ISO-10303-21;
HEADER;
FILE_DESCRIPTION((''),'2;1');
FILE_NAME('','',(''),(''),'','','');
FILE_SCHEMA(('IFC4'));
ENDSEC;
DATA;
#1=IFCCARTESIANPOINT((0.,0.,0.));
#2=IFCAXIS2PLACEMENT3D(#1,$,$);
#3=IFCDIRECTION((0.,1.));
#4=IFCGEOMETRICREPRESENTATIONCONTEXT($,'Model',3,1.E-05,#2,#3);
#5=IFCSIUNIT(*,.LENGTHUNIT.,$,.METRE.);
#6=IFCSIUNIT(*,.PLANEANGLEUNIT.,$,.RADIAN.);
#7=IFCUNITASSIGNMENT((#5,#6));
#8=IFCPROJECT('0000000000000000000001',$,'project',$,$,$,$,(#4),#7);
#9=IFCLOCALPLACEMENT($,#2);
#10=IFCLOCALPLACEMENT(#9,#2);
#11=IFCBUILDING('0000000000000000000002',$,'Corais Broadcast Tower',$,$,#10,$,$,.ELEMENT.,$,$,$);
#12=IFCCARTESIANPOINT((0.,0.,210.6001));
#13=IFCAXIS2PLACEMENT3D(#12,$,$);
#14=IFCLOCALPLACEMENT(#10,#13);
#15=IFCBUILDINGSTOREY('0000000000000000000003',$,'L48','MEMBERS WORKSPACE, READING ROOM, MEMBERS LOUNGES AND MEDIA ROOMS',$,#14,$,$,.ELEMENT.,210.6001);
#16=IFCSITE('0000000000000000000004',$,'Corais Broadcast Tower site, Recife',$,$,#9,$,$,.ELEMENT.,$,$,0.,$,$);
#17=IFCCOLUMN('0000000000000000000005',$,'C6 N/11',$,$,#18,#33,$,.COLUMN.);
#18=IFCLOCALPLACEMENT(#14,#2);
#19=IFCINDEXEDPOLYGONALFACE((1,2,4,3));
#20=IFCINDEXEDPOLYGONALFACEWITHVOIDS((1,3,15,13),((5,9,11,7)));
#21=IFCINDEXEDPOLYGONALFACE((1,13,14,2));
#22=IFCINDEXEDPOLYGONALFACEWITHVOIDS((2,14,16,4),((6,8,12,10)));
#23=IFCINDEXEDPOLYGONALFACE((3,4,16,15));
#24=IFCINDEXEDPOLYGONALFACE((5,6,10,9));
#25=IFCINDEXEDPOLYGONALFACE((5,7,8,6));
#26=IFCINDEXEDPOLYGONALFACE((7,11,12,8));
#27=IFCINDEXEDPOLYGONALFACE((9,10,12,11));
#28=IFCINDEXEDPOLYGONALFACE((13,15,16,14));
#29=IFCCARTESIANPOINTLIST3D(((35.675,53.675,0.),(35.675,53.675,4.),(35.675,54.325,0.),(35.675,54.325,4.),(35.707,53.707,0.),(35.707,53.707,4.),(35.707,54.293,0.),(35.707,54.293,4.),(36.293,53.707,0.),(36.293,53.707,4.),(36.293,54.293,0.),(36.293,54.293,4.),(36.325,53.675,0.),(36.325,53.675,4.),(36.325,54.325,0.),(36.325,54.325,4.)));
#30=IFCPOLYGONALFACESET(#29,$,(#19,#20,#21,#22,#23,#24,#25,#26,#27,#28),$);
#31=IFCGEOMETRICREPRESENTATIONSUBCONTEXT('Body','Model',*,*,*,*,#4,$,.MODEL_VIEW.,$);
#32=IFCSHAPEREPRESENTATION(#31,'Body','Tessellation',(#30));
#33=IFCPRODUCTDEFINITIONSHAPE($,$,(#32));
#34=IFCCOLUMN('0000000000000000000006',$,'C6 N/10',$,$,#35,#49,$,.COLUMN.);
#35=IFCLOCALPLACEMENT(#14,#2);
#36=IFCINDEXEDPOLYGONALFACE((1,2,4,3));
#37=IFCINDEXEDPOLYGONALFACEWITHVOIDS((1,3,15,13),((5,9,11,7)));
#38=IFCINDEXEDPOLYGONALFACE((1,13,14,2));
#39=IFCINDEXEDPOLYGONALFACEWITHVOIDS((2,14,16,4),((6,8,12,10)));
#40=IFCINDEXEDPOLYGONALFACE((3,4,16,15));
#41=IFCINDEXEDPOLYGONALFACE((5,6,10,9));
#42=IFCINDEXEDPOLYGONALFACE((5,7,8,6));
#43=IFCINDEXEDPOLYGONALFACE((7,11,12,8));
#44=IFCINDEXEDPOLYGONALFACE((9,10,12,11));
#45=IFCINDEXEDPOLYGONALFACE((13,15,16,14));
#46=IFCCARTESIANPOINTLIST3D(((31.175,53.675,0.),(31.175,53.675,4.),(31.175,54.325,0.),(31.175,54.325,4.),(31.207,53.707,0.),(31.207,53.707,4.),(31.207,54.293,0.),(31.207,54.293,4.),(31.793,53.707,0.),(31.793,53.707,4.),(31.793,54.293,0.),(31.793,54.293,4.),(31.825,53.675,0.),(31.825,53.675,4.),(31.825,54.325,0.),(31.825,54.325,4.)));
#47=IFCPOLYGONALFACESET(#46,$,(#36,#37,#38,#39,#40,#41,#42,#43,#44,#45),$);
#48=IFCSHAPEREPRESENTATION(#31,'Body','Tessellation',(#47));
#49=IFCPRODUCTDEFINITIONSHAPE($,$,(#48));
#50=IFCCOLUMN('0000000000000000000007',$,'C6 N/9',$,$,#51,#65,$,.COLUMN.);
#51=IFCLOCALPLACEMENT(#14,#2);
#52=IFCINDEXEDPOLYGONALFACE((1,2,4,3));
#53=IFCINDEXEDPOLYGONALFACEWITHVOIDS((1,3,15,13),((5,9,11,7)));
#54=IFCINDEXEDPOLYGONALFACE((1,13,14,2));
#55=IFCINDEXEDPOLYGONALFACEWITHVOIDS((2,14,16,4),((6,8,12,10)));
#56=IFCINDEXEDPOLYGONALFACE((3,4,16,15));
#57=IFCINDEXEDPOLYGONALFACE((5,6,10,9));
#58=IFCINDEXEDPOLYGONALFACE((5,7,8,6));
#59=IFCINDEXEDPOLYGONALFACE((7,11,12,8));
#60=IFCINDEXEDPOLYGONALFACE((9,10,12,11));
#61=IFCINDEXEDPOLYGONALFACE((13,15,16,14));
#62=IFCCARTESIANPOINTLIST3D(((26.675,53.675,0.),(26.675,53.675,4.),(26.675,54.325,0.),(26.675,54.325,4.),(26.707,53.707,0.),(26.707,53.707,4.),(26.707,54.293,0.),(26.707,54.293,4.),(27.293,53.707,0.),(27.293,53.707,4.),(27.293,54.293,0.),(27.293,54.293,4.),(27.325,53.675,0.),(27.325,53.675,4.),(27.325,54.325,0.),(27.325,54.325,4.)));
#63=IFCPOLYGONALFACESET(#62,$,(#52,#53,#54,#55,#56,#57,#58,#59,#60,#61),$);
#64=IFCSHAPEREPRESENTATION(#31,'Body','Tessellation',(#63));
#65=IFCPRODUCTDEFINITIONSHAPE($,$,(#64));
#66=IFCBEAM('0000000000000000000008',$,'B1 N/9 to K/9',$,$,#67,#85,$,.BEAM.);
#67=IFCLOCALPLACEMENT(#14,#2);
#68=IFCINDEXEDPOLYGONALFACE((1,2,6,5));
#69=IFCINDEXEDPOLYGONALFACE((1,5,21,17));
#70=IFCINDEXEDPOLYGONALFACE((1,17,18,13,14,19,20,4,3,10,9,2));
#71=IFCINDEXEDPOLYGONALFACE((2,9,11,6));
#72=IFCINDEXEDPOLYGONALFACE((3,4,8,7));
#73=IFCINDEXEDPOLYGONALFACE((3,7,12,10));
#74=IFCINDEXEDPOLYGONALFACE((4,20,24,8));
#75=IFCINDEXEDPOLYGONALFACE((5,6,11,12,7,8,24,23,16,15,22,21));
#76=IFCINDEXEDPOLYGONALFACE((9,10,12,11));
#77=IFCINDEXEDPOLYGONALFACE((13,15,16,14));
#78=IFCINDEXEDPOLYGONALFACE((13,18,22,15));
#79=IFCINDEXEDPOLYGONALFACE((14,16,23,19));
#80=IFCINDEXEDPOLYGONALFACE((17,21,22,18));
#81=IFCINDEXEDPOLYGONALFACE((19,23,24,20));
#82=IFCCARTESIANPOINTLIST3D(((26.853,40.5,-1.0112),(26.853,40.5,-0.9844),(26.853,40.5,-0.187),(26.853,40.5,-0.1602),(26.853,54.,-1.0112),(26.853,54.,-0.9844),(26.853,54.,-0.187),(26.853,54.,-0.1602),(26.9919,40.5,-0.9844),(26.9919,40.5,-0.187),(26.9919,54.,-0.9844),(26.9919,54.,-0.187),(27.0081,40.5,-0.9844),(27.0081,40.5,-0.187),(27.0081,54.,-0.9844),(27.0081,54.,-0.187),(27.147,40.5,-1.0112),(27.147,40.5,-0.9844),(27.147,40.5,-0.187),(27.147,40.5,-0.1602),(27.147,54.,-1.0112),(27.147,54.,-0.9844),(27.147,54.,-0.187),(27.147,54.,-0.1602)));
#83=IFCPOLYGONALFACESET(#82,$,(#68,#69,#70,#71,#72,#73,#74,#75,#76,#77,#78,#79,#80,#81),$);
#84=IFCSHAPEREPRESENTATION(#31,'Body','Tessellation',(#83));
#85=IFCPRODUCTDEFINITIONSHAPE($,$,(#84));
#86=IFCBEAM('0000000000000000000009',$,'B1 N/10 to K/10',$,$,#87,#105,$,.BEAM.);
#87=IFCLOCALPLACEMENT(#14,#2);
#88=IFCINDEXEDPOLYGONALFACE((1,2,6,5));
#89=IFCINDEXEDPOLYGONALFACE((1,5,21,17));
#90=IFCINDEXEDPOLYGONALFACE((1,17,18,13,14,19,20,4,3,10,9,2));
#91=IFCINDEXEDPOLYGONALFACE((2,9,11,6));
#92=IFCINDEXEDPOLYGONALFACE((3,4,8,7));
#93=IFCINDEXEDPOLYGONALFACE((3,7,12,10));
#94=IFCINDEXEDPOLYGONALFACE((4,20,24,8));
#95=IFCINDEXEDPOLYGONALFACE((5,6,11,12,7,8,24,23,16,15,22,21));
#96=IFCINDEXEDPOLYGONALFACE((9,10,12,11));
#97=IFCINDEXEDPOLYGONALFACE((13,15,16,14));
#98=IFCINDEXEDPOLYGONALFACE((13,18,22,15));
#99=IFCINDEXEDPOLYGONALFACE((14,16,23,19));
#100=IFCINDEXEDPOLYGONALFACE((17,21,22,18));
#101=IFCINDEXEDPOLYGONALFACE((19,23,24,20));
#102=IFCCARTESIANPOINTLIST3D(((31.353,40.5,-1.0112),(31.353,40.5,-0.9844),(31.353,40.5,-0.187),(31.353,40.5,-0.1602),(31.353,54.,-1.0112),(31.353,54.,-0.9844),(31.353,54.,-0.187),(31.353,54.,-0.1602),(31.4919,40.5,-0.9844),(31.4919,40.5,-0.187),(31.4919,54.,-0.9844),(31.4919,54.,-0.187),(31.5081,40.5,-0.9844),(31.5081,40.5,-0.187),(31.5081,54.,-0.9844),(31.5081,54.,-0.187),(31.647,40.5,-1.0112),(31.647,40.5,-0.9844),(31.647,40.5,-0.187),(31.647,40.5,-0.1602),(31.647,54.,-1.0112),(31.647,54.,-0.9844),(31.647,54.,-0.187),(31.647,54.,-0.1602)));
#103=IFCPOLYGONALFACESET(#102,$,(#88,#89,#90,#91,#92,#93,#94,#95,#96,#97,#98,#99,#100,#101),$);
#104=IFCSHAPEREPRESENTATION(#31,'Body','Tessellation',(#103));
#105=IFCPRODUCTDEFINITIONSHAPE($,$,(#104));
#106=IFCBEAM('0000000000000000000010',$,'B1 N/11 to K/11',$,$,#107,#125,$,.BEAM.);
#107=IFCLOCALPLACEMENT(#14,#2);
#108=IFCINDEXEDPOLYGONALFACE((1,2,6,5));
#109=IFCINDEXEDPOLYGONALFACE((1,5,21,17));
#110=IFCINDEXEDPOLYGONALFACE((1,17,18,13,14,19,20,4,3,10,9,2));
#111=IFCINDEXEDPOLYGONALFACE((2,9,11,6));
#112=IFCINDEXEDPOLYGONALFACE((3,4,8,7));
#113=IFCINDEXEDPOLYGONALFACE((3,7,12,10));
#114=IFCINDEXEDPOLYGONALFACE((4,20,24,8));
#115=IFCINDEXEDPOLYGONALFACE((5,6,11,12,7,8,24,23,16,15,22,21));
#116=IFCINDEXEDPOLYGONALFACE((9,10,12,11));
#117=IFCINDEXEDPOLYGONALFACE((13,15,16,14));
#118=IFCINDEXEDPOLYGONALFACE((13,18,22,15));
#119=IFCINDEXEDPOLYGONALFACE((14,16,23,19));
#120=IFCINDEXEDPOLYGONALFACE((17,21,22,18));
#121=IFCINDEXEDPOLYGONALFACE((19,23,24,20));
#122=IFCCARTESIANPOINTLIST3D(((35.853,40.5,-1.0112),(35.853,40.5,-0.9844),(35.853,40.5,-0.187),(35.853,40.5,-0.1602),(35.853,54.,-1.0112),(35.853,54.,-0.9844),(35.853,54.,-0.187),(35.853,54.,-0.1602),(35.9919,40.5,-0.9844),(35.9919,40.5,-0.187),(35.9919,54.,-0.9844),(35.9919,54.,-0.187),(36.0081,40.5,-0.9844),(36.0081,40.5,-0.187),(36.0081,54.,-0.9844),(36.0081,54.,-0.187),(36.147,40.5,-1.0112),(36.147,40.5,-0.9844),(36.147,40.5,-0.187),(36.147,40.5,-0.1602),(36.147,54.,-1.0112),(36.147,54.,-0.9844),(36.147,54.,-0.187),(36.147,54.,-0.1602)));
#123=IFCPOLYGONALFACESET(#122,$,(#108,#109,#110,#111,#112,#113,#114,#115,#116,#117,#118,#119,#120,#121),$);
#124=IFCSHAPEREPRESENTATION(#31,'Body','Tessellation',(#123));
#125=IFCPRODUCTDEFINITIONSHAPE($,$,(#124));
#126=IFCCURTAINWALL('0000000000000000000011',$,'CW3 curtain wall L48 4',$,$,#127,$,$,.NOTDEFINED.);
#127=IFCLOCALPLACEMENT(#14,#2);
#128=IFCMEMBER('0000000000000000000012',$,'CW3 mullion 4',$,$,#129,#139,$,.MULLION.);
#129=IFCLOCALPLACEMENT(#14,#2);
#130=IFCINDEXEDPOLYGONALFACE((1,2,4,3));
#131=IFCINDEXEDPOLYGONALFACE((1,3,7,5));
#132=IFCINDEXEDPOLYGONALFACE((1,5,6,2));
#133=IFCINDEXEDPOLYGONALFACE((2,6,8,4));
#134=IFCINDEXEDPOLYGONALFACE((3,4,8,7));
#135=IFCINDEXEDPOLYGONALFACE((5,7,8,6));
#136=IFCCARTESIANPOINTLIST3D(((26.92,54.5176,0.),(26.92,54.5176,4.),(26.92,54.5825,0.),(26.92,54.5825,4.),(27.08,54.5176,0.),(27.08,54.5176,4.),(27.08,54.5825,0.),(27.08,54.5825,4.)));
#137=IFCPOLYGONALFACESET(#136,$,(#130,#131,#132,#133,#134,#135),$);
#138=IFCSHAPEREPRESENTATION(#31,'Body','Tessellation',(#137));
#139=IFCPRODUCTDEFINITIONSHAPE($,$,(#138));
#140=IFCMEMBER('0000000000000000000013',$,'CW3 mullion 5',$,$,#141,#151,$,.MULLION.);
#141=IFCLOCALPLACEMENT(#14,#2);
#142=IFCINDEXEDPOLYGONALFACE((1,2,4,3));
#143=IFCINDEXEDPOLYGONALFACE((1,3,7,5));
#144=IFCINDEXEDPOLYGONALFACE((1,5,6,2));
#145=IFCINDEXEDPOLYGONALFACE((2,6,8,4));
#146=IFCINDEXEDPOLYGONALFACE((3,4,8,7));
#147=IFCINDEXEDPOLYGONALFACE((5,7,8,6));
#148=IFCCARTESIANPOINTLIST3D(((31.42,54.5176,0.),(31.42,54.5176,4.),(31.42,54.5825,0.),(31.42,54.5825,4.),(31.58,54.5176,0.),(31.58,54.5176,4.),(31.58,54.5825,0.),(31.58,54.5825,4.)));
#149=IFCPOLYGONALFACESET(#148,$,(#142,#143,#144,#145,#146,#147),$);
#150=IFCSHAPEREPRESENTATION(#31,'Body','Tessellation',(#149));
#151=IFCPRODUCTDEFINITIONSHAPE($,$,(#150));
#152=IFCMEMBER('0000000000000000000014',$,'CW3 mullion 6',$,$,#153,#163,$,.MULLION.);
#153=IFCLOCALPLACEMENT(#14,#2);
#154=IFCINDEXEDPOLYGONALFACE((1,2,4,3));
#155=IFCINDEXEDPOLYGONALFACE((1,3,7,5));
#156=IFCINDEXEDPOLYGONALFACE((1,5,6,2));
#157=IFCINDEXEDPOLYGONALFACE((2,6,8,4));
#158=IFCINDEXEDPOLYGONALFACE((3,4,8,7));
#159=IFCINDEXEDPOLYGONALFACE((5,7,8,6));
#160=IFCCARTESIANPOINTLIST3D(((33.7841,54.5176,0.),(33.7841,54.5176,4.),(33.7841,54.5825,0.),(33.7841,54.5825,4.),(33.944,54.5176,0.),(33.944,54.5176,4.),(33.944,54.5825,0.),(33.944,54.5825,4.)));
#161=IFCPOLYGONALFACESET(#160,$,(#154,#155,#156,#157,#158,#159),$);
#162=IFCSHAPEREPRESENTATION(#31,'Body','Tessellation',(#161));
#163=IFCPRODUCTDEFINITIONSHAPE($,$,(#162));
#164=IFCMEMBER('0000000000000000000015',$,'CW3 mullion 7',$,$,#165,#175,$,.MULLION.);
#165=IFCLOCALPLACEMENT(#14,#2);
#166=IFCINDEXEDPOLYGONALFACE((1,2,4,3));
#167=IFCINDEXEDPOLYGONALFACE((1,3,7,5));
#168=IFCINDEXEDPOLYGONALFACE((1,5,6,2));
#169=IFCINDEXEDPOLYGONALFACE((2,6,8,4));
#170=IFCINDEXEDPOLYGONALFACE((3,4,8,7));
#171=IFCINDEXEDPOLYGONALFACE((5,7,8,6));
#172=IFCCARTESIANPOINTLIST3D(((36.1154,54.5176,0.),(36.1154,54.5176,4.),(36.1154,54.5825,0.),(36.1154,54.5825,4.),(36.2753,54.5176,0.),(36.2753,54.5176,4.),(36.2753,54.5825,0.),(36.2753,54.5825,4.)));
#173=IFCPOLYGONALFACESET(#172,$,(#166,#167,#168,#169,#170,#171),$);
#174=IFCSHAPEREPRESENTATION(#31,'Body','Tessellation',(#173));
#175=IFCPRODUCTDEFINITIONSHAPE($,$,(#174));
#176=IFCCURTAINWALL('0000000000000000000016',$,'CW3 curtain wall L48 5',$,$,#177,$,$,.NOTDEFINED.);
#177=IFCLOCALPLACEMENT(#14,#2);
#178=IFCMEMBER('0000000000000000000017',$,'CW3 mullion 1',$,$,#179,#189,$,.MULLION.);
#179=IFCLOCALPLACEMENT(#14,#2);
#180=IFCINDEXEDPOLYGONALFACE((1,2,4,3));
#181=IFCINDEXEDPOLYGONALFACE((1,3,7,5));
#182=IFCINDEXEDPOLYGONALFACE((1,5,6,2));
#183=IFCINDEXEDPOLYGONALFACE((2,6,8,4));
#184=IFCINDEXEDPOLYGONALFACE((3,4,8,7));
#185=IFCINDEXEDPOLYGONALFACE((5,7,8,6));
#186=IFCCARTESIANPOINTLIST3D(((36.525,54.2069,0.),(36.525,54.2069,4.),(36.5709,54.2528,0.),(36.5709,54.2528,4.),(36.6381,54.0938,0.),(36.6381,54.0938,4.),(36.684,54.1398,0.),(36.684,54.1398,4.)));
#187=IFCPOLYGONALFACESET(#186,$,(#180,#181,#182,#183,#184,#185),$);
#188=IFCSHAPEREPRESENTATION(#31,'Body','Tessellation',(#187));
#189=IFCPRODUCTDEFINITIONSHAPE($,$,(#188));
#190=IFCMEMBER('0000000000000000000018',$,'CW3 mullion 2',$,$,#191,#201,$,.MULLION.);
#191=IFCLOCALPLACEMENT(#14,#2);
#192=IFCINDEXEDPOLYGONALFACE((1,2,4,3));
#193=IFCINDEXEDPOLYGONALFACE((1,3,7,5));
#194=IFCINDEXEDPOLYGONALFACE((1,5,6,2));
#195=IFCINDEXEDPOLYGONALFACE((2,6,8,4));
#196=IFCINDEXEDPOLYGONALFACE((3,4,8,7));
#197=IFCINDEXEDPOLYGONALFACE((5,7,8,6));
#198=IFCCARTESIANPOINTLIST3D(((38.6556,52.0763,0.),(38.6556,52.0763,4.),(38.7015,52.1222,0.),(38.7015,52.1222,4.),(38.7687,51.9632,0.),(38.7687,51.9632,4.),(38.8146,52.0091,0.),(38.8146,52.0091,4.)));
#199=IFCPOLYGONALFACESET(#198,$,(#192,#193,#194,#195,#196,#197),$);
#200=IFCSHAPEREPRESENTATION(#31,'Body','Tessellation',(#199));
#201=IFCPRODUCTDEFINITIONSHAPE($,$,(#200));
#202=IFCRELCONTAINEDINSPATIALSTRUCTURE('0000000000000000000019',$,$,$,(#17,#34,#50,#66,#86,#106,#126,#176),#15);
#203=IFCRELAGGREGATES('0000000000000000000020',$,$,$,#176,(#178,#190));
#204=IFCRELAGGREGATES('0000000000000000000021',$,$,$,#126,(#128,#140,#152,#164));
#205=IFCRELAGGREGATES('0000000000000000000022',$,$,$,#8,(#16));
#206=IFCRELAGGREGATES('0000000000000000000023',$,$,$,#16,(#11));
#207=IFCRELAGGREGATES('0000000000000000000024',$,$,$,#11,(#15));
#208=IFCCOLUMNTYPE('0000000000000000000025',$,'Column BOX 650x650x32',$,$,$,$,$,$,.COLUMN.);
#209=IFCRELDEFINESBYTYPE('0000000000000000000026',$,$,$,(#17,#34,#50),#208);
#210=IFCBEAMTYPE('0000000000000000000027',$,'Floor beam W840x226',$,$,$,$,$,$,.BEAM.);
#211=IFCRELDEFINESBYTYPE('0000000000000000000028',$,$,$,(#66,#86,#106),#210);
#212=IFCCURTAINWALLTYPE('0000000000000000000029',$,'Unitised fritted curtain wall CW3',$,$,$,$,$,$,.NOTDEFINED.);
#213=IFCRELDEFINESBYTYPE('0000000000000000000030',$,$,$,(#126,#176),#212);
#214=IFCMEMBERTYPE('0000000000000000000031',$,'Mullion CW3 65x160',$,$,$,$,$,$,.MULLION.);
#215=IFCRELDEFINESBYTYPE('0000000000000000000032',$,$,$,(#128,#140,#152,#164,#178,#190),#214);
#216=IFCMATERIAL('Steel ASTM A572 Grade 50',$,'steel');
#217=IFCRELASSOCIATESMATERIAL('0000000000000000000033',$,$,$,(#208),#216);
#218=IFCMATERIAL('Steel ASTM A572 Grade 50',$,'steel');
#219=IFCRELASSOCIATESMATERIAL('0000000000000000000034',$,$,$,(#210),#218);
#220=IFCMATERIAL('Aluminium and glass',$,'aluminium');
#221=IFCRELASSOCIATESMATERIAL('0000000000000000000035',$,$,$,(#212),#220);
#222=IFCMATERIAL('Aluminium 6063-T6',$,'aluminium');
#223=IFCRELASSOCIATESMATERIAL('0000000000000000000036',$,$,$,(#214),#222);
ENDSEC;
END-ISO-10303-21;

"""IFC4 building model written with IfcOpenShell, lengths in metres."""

from ifc_helpers import new_model, si_unit, direction, frame, origin, origin_2d, place, context, subcontext, project, spatial, rectangle, hollow_rectangle, i_section, extrude, material, material_profile, profile_set, type_object, element, aggregate, save


model = new_model("IFC4")

# Units and contexts
model_context = context("Model", 3, precision=1e-05, world=origin(), true_north=direction((0.0, 1.0)))
body_context = subcontext(model_context, "Body", "Model", "MODEL_VIEW")
ifc_project = project(units=[si_unit("LENGTHUNIT", "METRE"), si_unit("PLANEANGLEUNIT", "RADIAN")], contexts=[model_context])

# Site, building, storey
site_placement = place(None, origin())
site = spatial("IfcSite", under=ifc_project, at=site_placement, Name="Corais Broadcast Tower site, Recife", CompositionType="ELEMENT", RefElevation=0.0)
building_placement = place(site_placement, origin())
building = spatial("IfcBuilding", under=site, at=building_placement, Name="Corais Broadcast Tower", CompositionType="ELEMENT")
storey_placement = place(building_placement, frame((0.0, 0.0, 210.6001)))
storey = spatial("IfcBuildingStorey", under=building, at=storey_placement, Name="L48", Description="MEMBERS WORKSPACE, READING ROOM, MEMBERS LOUNGES AND MEDIA ROOMS", CompositionType="ELEMENT", Elevation=210.6001)

# Columns
ifc_material_1 = material(Name="Steel ASTM A572 Grade 50", Category="steel")
ifc_material_profile_1 = material_profile(ifc_material_1, hollow_rectangle(XDim=0.6499, YDim=0.6499, WallThickness=0.032, at=origin_2d()), Name="BOX 650x650x32")
ifc_profile_set_1 = profile_set([ifc_material_profile_1], Name="Steel ASTM A572 Grade 50")
column_type = type_object("IfcColumnType", Name="Column BOX 650x650x32", PredefinedType="COLUMN", material=ifc_profile_set_1)
for number, where, z_axis, x_axis, name in (
    (1, (36.0, 54.0, 0.0), (0.0, 0.0, 1.0), (1.0, 0.0, 0.0), "C6 N/11"),
    (2, (31.5, 54.0, 0.0), (0.0, 0.0, 1.0), (1.0, 0.0, 0.0), "C6 N/10"),
    (3, (27.0, 54.0, 0.0), (0.0, 0.0, 1.0), (1.0, 0.0, 0.0), "C6 N/9"),
):
    element("IfcColumn", number, at=place(storey_placement, frame(where, z_axis=z_axis, x_axis=x_axis)), inside=storey, type_object=column_type, Name=name, PredefinedType="COLUMN", context=body_context, shape_type="SweptSolid", body=[
        extrude(hollow_rectangle(XDim=0.6499, YDim=0.6499, WallThickness=0.032, at=origin_2d()), origin(), (0.0, 0.0, 1.0), 4.0),
    ])

# Beams
ifc_material_2 = material(Name="Steel ASTM A572 Grade 50", Category="steel")
ifc_material_profile_2 = material_profile(ifc_material_2, i_section(OverallWidth=0.2939, OverallDepth=0.8511, WebThickness=0.0161, FlangeThickness=0.0269, at=origin_2d()), Name="W840x226")
ifc_profile_set_2 = profile_set([ifc_material_profile_2], Name="Steel ASTM A572 Grade 50")
beam_type_1 = type_object("IfcBeamType", Name="Floor beam W840x226", PredefinedType="BEAM", material=ifc_profile_set_2)
for number, where, z_axis, x_axis, name in (
    (4, (27.0, 54.0, -0.5857), (0.0, -1.0, 0.0), (1.0, 0.0, 0.0), "B1 N/9 to K/9"),
    (5, (31.5, 54.0, -0.5857), (0.0, -1.0, 0.0), (1.0, 0.0, 0.0), "B1 N/10 to K/10"),
    (6, (36.0, 54.0, -0.5857), (0.0, -1.0, 0.0), (1.0, 0.0, 0.0), "B1 N/11 to K/11"),
):
    element("IfcBeam", number, at=place(storey_placement, frame(where, z_axis=z_axis, x_axis=x_axis)), inside=storey, type_object=beam_type_1, Name=name, PredefinedType="BEAM", context=body_context, shape_type="SweptSolid", body=[
        extrude(i_section(OverallWidth=0.2939, OverallDepth=0.8511, WebThickness=0.0161, FlangeThickness=0.0269, at=origin_2d()), origin(), (0.0, 0.0, 1.0), 13.5),
    ])

# Curtain walls, members
ifc_material_3 = material(Name="Aluminium and glass", Category="aluminium")
curtain_wall_type = type_object("IfcCurtainWallType", Name="Unitised fritted curtain wall CW3", PredefinedType="NOTDEFINED", material=ifc_material_3)
curtain_wall_1_placement = place(storey_placement, origin())
curtain_wall_1 = element("IfcCurtainWall", 7, at=curtain_wall_1_placement, inside=storey, type_object=curtain_wall_type, Name="CW3 curtain wall L48 4", PredefinedType="NOTDEFINED")
ifc_material_4 = material(Name="Aluminium 6063-T6", Category="aluminium")
ifc_material_profile_3 = material_profile(ifc_material_4, rectangle(XDim=0.0649, YDim=0.1599, at=origin_2d()), Name="Mullion CW3 65x160")
ifc_profile_set_3 = profile_set([ifc_material_profile_3], Name="Aluminium 6063-T6")
member_type_1 = type_object("IfcMemberType", Name="Mullion CW3 65x160", PredefinedType="MULLION", material=ifc_profile_set_3)
member_1_placement = place(storey_placement, frame((27.0, 54.55, 0.0), z_axis=(0.0, 0.0, 1.0), x_axis=(0.0, 1.0, 0.0)))
member_1 = element("IfcMember", 8, at=member_1_placement, type_object=member_type_1, Name="CW3 mullion 4", PredefinedType="MULLION", context=body_context, shape_type="SweptSolid", body=[
    extrude(rectangle(XDim=0.0649, YDim=0.1599, at=origin_2d()), origin(), (0.0, 0.0, 1.0), 4.0),
])
member_2_placement = place(storey_placement, frame((31.5, 54.55, 0.0), z_axis=(0.0, 0.0, 1.0), x_axis=(0.0, 1.0, 0.0)))
member_2 = element("IfcMember", 9, at=member_2_placement, type_object=member_type_1, Name="CW3 mullion 5", PredefinedType="MULLION", context=body_context, shape_type="SweptSolid", body=[
    extrude(rectangle(XDim=0.0649, YDim=0.1599, at=origin_2d()), origin(), (0.0, 0.0, 1.0), 4.0),
])
member_3_placement = place(storey_placement, frame((33.864, 54.55, 0.0), z_axis=(0.0, 0.0, 1.0), x_axis=(0.0, 1.0, 0.0)))
member_3 = element("IfcMember", 10, at=member_3_placement, type_object=member_type_1, Name="CW3 mullion 6", PredefinedType="MULLION", context=body_context, shape_type="SweptSolid", body=[
    extrude(rectangle(XDim=0.0649, YDim=0.1599, at=origin_2d()), origin(), (0.0, 0.0, 1.0), 4.0),
])
member_4_placement = place(storey_placement, frame((36.1953, 54.55, 0.0), z_axis=(0.0, 0.0, 1.0), x_axis=(0.0, 1.0, 0.0)))
member_4 = element("IfcMember", 11, at=member_4_placement, type_object=member_type_1, Name="CW3 mullion 7", PredefinedType="MULLION", context=body_context, shape_type="SweptSolid", body=[
    extrude(rectangle(XDim=0.0649, YDim=0.1599, at=origin_2d()), origin(), (0.0, 0.0, 1.0), 4.0),
])
curtain_wall_2_placement = place(storey_placement, origin())
curtain_wall_2 = element("IfcCurtainWall", 12, at=curtain_wall_2_placement, inside=storey, type_object=curtain_wall_type, Name="CW3 curtain wall L48 5", PredefinedType="NOTDEFINED")
member_5_placement = place(storey_placement, frame((36.6045, 54.1733, 0.0), z_axis=(0.0, 0.0, 1.0), x_axis=(0.707107, 0.707107, 0.0)))
member_5 = element("IfcMember", 13, at=member_5_placement, type_object=member_type_1, Name="CW3 mullion 1", PredefinedType="MULLION", context=body_context, shape_type="SweptSolid", body=[
    extrude(rectangle(XDim=0.0649, YDim=0.1599, at=origin_2d()), origin(), (0.0, 0.0, 1.0), 4.0),
])
member_6_placement = place(storey_placement, frame((38.7351, 52.0427, 0.0), z_axis=(0.0, 0.0, 1.0), x_axis=(0.707107, 0.707107, 0.0)))
member_6 = element("IfcMember", 14, at=member_6_placement, type_object=member_type_1, Name="CW3 mullion 2", PredefinedType="MULLION", context=body_context, shape_type="SweptSolid", body=[
    extrude(rectangle(XDim=0.0649, YDim=0.1599, at=origin_2d()), origin(), (0.0, 0.0, 1.0), 4.0),
])

aggregate(curtain_wall_2, [member_5, member_6])
aggregate(curtain_wall_1, [member_1, member_2, member_3, member_4])

save(model, "model.ifc")
